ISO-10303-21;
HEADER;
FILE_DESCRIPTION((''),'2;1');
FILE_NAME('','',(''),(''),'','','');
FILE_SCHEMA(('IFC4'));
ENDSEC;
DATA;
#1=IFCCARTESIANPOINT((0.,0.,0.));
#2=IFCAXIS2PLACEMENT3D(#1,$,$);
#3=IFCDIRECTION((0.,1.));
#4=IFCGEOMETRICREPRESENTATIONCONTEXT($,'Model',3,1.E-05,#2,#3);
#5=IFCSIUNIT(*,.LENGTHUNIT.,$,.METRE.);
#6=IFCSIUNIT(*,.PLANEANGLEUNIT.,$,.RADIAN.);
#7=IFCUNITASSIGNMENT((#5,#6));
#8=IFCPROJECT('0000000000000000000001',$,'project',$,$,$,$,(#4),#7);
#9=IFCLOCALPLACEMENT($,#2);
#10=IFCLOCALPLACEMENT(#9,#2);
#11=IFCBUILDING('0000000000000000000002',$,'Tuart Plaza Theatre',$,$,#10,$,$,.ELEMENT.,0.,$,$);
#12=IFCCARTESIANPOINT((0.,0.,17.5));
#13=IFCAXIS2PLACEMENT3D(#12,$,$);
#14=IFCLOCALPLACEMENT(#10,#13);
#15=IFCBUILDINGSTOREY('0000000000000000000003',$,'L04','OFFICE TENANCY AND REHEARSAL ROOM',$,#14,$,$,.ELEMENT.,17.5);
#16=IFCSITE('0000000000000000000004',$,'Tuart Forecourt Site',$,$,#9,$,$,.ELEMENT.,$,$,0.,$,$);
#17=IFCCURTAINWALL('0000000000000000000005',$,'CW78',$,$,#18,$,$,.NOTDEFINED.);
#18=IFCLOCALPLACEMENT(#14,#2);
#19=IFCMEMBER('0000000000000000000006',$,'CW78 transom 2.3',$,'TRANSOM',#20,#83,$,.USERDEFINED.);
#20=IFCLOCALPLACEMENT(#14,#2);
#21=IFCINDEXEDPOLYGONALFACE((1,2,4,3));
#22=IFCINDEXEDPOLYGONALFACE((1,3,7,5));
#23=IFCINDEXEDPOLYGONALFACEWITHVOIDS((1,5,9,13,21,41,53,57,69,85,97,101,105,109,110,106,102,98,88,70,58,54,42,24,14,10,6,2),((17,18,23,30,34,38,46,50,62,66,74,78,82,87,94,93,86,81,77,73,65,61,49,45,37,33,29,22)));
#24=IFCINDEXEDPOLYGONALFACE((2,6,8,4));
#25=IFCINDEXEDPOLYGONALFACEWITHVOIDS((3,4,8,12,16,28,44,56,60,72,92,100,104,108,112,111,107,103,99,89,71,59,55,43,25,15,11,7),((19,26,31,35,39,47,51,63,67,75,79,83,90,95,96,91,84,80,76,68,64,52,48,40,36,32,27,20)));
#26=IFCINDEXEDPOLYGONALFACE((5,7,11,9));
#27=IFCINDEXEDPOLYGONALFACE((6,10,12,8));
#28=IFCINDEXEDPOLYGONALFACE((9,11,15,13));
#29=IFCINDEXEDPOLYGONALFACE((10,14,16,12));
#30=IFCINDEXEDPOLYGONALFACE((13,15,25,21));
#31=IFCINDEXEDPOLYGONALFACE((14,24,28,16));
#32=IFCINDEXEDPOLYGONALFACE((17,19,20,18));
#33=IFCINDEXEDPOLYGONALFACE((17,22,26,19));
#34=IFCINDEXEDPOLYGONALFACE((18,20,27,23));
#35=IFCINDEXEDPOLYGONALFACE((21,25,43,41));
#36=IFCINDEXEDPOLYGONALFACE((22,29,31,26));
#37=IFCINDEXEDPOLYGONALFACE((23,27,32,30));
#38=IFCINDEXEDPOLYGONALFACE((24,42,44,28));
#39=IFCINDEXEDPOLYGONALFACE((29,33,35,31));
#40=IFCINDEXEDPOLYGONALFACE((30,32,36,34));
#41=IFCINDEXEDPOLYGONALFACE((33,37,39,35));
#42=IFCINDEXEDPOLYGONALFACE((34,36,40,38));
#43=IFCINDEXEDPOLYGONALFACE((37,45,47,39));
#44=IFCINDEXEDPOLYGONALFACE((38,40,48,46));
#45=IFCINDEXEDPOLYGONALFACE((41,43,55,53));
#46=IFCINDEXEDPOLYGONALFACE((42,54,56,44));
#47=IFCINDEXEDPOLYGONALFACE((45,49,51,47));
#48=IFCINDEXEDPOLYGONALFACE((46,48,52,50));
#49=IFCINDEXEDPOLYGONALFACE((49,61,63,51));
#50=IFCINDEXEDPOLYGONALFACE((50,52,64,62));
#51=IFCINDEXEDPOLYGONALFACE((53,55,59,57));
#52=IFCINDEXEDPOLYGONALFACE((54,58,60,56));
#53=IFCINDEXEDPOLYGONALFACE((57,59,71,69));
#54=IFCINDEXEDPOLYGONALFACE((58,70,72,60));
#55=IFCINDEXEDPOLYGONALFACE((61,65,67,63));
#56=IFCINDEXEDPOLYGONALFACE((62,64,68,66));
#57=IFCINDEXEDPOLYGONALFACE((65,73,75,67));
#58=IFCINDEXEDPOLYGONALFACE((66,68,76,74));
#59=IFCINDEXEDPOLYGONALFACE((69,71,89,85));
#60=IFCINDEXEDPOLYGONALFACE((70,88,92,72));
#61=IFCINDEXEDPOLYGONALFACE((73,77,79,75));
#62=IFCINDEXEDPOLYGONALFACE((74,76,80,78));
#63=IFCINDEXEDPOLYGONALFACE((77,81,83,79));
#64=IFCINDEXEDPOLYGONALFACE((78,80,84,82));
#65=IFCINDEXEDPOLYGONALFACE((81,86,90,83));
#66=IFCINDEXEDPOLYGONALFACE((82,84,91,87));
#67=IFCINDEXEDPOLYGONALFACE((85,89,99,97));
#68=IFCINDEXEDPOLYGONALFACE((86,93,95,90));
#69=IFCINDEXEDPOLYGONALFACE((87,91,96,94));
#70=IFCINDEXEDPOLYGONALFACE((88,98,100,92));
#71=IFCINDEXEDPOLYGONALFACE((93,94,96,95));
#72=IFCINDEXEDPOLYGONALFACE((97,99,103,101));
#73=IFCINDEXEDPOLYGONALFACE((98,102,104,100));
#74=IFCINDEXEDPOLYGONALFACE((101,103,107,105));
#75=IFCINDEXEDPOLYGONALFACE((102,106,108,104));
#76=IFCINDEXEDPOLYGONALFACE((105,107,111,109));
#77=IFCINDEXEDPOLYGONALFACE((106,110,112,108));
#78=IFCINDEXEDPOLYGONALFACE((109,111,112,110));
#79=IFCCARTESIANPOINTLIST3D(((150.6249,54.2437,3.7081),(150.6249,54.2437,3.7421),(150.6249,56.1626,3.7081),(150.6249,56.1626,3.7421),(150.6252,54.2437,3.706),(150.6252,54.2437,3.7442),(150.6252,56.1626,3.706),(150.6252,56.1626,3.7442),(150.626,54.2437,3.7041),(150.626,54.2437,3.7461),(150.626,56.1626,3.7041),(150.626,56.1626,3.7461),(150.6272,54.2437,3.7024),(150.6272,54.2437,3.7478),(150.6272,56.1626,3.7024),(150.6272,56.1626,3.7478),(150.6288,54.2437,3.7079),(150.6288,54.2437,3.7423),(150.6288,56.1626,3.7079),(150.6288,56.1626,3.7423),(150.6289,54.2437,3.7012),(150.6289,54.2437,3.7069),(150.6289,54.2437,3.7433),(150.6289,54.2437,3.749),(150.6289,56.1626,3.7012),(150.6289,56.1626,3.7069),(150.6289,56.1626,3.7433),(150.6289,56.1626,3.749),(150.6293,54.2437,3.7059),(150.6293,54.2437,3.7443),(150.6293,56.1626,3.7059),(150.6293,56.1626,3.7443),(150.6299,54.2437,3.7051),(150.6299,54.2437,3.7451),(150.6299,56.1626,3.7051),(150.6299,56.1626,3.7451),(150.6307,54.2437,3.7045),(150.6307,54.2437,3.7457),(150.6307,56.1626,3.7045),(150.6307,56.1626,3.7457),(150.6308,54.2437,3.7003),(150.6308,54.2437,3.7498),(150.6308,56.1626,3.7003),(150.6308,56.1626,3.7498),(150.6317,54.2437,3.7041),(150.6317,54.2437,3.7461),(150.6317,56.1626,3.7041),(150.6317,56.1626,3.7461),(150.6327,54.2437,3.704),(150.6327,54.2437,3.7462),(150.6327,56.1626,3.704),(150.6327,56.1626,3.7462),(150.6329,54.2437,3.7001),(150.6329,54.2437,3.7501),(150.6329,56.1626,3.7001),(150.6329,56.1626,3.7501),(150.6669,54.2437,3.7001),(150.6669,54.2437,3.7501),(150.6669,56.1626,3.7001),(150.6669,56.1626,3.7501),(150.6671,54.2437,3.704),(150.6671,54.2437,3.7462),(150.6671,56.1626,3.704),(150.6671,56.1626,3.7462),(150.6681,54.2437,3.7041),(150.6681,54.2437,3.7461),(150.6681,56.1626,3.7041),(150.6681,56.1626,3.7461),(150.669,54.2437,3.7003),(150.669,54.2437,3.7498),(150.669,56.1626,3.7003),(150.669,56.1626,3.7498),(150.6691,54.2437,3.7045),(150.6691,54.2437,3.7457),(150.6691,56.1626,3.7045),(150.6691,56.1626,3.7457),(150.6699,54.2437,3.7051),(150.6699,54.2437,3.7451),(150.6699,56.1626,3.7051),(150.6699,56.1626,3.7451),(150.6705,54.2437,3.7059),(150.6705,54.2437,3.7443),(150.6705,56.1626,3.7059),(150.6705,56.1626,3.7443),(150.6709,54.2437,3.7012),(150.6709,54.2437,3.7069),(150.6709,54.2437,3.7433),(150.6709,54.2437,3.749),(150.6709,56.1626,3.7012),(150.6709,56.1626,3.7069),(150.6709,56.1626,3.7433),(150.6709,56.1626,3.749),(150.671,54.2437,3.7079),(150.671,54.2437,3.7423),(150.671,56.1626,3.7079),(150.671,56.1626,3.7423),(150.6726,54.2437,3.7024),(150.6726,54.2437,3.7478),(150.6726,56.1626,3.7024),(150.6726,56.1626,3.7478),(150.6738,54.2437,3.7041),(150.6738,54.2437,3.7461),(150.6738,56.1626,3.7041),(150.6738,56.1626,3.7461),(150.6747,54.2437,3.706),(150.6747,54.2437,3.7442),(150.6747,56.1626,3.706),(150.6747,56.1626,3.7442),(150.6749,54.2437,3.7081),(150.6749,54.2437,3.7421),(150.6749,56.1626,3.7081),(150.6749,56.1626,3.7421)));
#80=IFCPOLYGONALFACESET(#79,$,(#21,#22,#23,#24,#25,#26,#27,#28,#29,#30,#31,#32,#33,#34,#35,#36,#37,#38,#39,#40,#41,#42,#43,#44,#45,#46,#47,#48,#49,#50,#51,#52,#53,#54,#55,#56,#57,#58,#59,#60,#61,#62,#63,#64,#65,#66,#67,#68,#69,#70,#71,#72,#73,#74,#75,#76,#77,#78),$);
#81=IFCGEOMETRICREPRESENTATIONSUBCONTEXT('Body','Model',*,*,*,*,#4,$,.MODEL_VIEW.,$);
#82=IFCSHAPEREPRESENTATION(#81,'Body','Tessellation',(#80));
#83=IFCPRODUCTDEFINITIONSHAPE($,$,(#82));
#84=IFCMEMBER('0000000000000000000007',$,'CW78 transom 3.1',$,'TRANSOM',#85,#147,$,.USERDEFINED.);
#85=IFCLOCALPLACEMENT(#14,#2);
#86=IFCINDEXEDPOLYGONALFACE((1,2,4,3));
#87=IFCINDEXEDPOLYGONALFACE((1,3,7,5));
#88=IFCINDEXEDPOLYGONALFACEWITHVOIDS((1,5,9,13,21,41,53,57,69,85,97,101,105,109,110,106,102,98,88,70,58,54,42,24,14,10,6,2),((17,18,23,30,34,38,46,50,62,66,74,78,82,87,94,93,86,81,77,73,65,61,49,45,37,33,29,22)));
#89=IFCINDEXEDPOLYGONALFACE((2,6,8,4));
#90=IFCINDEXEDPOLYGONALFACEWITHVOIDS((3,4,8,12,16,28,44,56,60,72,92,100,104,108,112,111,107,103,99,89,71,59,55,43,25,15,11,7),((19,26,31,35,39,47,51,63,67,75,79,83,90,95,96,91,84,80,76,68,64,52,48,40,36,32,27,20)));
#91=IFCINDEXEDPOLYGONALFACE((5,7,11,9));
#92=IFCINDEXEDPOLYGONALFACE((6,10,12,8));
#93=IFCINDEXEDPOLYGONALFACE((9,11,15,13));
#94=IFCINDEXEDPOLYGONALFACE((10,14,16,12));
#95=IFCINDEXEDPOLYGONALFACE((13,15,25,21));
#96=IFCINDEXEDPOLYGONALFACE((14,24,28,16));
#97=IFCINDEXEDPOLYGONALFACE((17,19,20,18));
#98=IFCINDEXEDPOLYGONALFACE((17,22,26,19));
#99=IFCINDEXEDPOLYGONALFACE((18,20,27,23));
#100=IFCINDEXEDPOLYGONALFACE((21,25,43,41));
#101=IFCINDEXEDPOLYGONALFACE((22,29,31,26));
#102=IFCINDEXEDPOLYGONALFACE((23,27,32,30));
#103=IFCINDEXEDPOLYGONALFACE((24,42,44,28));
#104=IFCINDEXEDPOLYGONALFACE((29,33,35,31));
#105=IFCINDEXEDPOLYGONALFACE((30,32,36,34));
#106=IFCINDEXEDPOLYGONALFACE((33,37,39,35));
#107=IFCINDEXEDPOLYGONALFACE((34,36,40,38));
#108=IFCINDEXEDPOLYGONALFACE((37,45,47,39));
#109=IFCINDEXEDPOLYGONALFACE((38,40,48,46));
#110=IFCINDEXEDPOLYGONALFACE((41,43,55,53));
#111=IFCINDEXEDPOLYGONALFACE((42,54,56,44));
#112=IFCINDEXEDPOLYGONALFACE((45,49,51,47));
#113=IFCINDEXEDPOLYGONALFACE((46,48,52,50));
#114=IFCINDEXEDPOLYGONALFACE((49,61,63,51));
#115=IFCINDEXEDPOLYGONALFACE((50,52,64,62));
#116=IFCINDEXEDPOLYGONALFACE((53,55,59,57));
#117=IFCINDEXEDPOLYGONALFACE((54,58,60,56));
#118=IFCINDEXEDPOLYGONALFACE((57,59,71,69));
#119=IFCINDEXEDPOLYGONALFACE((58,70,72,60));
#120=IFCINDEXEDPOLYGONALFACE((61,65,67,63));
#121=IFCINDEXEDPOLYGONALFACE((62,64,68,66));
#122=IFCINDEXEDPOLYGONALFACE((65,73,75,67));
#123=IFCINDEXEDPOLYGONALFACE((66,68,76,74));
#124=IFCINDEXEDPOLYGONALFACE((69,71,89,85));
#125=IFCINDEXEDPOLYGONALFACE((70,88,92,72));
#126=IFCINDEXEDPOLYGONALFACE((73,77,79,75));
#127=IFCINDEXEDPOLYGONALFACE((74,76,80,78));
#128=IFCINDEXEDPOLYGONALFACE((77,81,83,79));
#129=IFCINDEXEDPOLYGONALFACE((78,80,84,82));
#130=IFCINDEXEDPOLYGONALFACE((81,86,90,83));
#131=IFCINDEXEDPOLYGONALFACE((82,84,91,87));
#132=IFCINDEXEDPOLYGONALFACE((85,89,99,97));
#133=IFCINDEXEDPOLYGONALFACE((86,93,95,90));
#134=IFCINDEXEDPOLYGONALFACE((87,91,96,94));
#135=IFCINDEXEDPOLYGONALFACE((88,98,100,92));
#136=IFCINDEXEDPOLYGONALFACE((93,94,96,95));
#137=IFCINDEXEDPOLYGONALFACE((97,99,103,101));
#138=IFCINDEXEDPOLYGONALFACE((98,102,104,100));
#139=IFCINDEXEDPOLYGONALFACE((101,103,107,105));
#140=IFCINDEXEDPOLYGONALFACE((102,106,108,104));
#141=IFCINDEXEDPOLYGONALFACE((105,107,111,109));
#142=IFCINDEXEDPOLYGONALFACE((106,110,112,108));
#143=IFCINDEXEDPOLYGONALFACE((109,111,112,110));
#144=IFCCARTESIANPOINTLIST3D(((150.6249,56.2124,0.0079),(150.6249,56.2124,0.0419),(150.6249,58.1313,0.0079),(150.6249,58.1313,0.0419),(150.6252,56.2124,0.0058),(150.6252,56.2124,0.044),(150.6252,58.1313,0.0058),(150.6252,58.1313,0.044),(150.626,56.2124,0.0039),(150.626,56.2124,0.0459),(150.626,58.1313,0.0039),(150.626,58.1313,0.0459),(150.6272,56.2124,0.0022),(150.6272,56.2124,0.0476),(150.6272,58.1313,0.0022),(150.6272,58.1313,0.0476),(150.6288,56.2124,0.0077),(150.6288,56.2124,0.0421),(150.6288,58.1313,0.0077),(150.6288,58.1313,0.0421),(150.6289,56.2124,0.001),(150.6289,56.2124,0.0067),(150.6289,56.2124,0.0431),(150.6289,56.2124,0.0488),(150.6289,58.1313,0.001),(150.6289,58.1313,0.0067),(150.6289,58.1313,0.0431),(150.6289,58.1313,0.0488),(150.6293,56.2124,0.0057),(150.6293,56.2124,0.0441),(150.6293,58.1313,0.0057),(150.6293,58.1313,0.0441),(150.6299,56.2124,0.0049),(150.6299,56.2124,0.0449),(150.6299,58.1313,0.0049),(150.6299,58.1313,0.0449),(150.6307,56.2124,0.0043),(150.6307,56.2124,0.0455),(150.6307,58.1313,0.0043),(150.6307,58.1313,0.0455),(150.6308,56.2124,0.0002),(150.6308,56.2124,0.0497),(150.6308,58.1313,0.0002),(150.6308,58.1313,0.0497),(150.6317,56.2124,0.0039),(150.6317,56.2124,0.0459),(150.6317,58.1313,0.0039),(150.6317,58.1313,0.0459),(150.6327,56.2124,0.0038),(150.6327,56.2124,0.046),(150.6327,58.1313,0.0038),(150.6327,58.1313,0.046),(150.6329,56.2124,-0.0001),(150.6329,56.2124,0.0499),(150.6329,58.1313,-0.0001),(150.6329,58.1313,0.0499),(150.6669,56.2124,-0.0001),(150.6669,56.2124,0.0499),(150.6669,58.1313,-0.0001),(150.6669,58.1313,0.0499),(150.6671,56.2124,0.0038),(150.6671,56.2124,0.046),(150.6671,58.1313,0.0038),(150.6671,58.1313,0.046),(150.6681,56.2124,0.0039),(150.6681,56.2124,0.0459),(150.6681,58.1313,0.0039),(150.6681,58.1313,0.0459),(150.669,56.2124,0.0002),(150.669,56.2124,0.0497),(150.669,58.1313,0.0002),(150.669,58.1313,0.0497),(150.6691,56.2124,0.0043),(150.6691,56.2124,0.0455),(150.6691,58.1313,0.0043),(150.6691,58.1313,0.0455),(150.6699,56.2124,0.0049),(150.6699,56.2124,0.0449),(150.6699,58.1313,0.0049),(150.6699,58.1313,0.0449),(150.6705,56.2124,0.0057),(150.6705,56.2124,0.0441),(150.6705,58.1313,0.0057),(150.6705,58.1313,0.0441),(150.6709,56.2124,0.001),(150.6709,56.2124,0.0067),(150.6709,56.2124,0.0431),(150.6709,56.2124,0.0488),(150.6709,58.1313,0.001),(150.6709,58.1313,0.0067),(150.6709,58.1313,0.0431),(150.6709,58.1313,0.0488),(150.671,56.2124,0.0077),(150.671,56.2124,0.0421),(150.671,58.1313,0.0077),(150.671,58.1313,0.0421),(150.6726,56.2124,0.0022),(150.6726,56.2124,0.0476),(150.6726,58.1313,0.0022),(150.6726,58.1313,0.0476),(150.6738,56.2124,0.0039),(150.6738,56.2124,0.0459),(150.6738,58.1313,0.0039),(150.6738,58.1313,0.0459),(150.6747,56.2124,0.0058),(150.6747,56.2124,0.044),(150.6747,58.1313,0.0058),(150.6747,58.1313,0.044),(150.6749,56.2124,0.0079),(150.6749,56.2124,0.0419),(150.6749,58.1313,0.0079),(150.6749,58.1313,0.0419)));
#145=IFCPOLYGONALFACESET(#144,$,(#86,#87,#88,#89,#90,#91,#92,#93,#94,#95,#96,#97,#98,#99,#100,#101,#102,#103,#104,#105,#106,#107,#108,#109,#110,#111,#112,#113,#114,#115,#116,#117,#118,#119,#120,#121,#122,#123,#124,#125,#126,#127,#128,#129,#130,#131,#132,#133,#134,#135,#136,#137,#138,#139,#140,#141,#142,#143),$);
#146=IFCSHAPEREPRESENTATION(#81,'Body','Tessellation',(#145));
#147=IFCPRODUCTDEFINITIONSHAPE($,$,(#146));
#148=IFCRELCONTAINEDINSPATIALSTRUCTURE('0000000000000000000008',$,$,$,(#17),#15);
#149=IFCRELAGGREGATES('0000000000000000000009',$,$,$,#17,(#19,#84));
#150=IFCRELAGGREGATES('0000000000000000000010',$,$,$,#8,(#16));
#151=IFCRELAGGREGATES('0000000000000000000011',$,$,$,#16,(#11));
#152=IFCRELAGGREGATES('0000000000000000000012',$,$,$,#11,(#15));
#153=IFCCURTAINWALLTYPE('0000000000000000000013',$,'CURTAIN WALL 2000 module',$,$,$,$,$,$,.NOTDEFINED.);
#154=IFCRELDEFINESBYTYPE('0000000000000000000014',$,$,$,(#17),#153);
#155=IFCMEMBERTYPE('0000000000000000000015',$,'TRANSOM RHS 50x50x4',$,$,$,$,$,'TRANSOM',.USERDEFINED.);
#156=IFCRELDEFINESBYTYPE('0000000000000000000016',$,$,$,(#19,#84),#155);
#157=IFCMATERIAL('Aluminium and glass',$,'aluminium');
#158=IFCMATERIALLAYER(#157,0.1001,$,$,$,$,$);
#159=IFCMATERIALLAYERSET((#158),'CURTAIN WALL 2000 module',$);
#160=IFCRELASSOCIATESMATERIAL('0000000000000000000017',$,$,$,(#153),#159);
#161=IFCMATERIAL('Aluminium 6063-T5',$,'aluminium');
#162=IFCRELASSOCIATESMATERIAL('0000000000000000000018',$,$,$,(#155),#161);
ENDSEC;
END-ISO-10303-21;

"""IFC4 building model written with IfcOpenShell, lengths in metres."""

from ifc_helpers import new_model, si_unit, direction, frame, origin, origin_2d, place, context, subcontext, project, spatial, hollow_rectangle, extrude, material, layer, layer_set, material_profile, profile_set, type_object, element, aggregate, save


model = new_model("IFC4")

# Units and contexts
model_context = context("Model", 3, precision=1e-05, world=origin(), true_north=direction((0.0, 1.0)))
body_context = subcontext(model_context, "Body", "Model", "MODEL_VIEW")
ifc_project = project(units=[si_unit("LENGTHUNIT", "METRE"), si_unit("PLANEANGLEUNIT", "RADIAN")], contexts=[model_context])

# Site, building, storey
site_placement = place(None, origin())
site = spatial("IfcSite", under=ifc_project, at=site_placement, Name="Tuart Forecourt Site", CompositionType="ELEMENT", RefElevation=0.0)
building_placement = place(site_placement, origin())
building = spatial("IfcBuilding", under=site, at=building_placement, Name="Tuart Plaza Theatre", CompositionType="ELEMENT", ElevationOfRefHeight=0.0)
storey_placement = place(building_placement, frame((0.0, 0.0, 17.5)))
storey = spatial("IfcBuildingStorey", under=building, at=storey_placement, Name="L04", Description="OFFICE TENANCY AND REHEARSAL ROOM", CompositionType="ELEMENT", Elevation=17.5)

# Curtain wall
ifc_material_1 = material(Name="Aluminium and glass", Category="aluminium")
ifc_layer_1 = layer(ifc_material_1, 0.1001)
ifc_layer_set_1 = layer_set([ifc_layer_1], Name="CURTAIN WALL 2000 module")
curtain_wall_type = type_object("IfcCurtainWallType", Name="CURTAIN WALL 2000 module", PredefinedType="NOTDEFINED", material=ifc_layer_set_1)
curtain_wall_1_placement = place(storey_placement, origin())
curtain_wall_1 = element("IfcCurtainWall", 1, at=curtain_wall_1_placement, inside=storey, type_object=curtain_wall_type, Name="CW78", PredefinedType="NOTDEFINED")

# Members
ifc_material_2 = material(Name="Aluminium 6063-T5", Category="aluminium")
ifc_material_profile_1 = material_profile(ifc_material_2, hollow_rectangle(XDim=0.05, YDim=0.05, WallThickness=0.0039, InnerFilletRadius=0.0039, OuterFilletRadius=0.0081, at=origin_2d()), Name="RHS 50x50x4")
ifc_profile_set_1 = profile_set([ifc_material_profile_1], Name="Aluminium 6063-T5")
member_type_1 = type_object("IfcMemberType", Name="TRANSOM RHS 50x50x4", ElementType="TRANSOM", PredefinedType="USERDEFINED", material=ifc_profile_set_1)
member_1_placement = place(storey_placement, frame((150.6499, 54.2437, 3.7251), z_axis=(0.0, 1.0, 0.0), x_axis=(-1.0, 0.0, 0.0)))
member_1 = element("IfcMember", 2, at=member_1_placement, type_object=member_type_1, Name="CW78 transom 2.3", ObjectType="TRANSOM", PredefinedType="USERDEFINED", context=body_context, shape_type="SweptSolid", body=[
    extrude(hollow_rectangle(XDim=0.05, YDim=0.05, WallThickness=0.0039, InnerFilletRadius=0.0039, OuterFilletRadius=0.0081, at=origin_2d()), origin(), (0.0, 0.0, 1.0), 1.9189),
])
member_2_placement = place(storey_placement, frame((150.6499, 56.2124, 0.0249), z_axis=(0.0, 1.0, 0.0), x_axis=(-1.0, 0.0, 0.0)))
member_2 = element("IfcMember", 3, at=member_2_placement, type_object=member_type_1, Name="CW78 transom 3.1", ObjectType="TRANSOM", PredefinedType="USERDEFINED", context=body_context, shape_type="SweptSolid", body=[
    extrude(hollow_rectangle(XDim=0.05, YDim=0.05, WallThickness=0.0039, InnerFilletRadius=0.0039, OuterFilletRadius=0.0081, at=origin_2d()), origin(), (0.0, 0.0, 1.0), 1.9189),
])

aggregate(curtain_wall_1, [member_1, member_2])

save(model, "model.ifc")
